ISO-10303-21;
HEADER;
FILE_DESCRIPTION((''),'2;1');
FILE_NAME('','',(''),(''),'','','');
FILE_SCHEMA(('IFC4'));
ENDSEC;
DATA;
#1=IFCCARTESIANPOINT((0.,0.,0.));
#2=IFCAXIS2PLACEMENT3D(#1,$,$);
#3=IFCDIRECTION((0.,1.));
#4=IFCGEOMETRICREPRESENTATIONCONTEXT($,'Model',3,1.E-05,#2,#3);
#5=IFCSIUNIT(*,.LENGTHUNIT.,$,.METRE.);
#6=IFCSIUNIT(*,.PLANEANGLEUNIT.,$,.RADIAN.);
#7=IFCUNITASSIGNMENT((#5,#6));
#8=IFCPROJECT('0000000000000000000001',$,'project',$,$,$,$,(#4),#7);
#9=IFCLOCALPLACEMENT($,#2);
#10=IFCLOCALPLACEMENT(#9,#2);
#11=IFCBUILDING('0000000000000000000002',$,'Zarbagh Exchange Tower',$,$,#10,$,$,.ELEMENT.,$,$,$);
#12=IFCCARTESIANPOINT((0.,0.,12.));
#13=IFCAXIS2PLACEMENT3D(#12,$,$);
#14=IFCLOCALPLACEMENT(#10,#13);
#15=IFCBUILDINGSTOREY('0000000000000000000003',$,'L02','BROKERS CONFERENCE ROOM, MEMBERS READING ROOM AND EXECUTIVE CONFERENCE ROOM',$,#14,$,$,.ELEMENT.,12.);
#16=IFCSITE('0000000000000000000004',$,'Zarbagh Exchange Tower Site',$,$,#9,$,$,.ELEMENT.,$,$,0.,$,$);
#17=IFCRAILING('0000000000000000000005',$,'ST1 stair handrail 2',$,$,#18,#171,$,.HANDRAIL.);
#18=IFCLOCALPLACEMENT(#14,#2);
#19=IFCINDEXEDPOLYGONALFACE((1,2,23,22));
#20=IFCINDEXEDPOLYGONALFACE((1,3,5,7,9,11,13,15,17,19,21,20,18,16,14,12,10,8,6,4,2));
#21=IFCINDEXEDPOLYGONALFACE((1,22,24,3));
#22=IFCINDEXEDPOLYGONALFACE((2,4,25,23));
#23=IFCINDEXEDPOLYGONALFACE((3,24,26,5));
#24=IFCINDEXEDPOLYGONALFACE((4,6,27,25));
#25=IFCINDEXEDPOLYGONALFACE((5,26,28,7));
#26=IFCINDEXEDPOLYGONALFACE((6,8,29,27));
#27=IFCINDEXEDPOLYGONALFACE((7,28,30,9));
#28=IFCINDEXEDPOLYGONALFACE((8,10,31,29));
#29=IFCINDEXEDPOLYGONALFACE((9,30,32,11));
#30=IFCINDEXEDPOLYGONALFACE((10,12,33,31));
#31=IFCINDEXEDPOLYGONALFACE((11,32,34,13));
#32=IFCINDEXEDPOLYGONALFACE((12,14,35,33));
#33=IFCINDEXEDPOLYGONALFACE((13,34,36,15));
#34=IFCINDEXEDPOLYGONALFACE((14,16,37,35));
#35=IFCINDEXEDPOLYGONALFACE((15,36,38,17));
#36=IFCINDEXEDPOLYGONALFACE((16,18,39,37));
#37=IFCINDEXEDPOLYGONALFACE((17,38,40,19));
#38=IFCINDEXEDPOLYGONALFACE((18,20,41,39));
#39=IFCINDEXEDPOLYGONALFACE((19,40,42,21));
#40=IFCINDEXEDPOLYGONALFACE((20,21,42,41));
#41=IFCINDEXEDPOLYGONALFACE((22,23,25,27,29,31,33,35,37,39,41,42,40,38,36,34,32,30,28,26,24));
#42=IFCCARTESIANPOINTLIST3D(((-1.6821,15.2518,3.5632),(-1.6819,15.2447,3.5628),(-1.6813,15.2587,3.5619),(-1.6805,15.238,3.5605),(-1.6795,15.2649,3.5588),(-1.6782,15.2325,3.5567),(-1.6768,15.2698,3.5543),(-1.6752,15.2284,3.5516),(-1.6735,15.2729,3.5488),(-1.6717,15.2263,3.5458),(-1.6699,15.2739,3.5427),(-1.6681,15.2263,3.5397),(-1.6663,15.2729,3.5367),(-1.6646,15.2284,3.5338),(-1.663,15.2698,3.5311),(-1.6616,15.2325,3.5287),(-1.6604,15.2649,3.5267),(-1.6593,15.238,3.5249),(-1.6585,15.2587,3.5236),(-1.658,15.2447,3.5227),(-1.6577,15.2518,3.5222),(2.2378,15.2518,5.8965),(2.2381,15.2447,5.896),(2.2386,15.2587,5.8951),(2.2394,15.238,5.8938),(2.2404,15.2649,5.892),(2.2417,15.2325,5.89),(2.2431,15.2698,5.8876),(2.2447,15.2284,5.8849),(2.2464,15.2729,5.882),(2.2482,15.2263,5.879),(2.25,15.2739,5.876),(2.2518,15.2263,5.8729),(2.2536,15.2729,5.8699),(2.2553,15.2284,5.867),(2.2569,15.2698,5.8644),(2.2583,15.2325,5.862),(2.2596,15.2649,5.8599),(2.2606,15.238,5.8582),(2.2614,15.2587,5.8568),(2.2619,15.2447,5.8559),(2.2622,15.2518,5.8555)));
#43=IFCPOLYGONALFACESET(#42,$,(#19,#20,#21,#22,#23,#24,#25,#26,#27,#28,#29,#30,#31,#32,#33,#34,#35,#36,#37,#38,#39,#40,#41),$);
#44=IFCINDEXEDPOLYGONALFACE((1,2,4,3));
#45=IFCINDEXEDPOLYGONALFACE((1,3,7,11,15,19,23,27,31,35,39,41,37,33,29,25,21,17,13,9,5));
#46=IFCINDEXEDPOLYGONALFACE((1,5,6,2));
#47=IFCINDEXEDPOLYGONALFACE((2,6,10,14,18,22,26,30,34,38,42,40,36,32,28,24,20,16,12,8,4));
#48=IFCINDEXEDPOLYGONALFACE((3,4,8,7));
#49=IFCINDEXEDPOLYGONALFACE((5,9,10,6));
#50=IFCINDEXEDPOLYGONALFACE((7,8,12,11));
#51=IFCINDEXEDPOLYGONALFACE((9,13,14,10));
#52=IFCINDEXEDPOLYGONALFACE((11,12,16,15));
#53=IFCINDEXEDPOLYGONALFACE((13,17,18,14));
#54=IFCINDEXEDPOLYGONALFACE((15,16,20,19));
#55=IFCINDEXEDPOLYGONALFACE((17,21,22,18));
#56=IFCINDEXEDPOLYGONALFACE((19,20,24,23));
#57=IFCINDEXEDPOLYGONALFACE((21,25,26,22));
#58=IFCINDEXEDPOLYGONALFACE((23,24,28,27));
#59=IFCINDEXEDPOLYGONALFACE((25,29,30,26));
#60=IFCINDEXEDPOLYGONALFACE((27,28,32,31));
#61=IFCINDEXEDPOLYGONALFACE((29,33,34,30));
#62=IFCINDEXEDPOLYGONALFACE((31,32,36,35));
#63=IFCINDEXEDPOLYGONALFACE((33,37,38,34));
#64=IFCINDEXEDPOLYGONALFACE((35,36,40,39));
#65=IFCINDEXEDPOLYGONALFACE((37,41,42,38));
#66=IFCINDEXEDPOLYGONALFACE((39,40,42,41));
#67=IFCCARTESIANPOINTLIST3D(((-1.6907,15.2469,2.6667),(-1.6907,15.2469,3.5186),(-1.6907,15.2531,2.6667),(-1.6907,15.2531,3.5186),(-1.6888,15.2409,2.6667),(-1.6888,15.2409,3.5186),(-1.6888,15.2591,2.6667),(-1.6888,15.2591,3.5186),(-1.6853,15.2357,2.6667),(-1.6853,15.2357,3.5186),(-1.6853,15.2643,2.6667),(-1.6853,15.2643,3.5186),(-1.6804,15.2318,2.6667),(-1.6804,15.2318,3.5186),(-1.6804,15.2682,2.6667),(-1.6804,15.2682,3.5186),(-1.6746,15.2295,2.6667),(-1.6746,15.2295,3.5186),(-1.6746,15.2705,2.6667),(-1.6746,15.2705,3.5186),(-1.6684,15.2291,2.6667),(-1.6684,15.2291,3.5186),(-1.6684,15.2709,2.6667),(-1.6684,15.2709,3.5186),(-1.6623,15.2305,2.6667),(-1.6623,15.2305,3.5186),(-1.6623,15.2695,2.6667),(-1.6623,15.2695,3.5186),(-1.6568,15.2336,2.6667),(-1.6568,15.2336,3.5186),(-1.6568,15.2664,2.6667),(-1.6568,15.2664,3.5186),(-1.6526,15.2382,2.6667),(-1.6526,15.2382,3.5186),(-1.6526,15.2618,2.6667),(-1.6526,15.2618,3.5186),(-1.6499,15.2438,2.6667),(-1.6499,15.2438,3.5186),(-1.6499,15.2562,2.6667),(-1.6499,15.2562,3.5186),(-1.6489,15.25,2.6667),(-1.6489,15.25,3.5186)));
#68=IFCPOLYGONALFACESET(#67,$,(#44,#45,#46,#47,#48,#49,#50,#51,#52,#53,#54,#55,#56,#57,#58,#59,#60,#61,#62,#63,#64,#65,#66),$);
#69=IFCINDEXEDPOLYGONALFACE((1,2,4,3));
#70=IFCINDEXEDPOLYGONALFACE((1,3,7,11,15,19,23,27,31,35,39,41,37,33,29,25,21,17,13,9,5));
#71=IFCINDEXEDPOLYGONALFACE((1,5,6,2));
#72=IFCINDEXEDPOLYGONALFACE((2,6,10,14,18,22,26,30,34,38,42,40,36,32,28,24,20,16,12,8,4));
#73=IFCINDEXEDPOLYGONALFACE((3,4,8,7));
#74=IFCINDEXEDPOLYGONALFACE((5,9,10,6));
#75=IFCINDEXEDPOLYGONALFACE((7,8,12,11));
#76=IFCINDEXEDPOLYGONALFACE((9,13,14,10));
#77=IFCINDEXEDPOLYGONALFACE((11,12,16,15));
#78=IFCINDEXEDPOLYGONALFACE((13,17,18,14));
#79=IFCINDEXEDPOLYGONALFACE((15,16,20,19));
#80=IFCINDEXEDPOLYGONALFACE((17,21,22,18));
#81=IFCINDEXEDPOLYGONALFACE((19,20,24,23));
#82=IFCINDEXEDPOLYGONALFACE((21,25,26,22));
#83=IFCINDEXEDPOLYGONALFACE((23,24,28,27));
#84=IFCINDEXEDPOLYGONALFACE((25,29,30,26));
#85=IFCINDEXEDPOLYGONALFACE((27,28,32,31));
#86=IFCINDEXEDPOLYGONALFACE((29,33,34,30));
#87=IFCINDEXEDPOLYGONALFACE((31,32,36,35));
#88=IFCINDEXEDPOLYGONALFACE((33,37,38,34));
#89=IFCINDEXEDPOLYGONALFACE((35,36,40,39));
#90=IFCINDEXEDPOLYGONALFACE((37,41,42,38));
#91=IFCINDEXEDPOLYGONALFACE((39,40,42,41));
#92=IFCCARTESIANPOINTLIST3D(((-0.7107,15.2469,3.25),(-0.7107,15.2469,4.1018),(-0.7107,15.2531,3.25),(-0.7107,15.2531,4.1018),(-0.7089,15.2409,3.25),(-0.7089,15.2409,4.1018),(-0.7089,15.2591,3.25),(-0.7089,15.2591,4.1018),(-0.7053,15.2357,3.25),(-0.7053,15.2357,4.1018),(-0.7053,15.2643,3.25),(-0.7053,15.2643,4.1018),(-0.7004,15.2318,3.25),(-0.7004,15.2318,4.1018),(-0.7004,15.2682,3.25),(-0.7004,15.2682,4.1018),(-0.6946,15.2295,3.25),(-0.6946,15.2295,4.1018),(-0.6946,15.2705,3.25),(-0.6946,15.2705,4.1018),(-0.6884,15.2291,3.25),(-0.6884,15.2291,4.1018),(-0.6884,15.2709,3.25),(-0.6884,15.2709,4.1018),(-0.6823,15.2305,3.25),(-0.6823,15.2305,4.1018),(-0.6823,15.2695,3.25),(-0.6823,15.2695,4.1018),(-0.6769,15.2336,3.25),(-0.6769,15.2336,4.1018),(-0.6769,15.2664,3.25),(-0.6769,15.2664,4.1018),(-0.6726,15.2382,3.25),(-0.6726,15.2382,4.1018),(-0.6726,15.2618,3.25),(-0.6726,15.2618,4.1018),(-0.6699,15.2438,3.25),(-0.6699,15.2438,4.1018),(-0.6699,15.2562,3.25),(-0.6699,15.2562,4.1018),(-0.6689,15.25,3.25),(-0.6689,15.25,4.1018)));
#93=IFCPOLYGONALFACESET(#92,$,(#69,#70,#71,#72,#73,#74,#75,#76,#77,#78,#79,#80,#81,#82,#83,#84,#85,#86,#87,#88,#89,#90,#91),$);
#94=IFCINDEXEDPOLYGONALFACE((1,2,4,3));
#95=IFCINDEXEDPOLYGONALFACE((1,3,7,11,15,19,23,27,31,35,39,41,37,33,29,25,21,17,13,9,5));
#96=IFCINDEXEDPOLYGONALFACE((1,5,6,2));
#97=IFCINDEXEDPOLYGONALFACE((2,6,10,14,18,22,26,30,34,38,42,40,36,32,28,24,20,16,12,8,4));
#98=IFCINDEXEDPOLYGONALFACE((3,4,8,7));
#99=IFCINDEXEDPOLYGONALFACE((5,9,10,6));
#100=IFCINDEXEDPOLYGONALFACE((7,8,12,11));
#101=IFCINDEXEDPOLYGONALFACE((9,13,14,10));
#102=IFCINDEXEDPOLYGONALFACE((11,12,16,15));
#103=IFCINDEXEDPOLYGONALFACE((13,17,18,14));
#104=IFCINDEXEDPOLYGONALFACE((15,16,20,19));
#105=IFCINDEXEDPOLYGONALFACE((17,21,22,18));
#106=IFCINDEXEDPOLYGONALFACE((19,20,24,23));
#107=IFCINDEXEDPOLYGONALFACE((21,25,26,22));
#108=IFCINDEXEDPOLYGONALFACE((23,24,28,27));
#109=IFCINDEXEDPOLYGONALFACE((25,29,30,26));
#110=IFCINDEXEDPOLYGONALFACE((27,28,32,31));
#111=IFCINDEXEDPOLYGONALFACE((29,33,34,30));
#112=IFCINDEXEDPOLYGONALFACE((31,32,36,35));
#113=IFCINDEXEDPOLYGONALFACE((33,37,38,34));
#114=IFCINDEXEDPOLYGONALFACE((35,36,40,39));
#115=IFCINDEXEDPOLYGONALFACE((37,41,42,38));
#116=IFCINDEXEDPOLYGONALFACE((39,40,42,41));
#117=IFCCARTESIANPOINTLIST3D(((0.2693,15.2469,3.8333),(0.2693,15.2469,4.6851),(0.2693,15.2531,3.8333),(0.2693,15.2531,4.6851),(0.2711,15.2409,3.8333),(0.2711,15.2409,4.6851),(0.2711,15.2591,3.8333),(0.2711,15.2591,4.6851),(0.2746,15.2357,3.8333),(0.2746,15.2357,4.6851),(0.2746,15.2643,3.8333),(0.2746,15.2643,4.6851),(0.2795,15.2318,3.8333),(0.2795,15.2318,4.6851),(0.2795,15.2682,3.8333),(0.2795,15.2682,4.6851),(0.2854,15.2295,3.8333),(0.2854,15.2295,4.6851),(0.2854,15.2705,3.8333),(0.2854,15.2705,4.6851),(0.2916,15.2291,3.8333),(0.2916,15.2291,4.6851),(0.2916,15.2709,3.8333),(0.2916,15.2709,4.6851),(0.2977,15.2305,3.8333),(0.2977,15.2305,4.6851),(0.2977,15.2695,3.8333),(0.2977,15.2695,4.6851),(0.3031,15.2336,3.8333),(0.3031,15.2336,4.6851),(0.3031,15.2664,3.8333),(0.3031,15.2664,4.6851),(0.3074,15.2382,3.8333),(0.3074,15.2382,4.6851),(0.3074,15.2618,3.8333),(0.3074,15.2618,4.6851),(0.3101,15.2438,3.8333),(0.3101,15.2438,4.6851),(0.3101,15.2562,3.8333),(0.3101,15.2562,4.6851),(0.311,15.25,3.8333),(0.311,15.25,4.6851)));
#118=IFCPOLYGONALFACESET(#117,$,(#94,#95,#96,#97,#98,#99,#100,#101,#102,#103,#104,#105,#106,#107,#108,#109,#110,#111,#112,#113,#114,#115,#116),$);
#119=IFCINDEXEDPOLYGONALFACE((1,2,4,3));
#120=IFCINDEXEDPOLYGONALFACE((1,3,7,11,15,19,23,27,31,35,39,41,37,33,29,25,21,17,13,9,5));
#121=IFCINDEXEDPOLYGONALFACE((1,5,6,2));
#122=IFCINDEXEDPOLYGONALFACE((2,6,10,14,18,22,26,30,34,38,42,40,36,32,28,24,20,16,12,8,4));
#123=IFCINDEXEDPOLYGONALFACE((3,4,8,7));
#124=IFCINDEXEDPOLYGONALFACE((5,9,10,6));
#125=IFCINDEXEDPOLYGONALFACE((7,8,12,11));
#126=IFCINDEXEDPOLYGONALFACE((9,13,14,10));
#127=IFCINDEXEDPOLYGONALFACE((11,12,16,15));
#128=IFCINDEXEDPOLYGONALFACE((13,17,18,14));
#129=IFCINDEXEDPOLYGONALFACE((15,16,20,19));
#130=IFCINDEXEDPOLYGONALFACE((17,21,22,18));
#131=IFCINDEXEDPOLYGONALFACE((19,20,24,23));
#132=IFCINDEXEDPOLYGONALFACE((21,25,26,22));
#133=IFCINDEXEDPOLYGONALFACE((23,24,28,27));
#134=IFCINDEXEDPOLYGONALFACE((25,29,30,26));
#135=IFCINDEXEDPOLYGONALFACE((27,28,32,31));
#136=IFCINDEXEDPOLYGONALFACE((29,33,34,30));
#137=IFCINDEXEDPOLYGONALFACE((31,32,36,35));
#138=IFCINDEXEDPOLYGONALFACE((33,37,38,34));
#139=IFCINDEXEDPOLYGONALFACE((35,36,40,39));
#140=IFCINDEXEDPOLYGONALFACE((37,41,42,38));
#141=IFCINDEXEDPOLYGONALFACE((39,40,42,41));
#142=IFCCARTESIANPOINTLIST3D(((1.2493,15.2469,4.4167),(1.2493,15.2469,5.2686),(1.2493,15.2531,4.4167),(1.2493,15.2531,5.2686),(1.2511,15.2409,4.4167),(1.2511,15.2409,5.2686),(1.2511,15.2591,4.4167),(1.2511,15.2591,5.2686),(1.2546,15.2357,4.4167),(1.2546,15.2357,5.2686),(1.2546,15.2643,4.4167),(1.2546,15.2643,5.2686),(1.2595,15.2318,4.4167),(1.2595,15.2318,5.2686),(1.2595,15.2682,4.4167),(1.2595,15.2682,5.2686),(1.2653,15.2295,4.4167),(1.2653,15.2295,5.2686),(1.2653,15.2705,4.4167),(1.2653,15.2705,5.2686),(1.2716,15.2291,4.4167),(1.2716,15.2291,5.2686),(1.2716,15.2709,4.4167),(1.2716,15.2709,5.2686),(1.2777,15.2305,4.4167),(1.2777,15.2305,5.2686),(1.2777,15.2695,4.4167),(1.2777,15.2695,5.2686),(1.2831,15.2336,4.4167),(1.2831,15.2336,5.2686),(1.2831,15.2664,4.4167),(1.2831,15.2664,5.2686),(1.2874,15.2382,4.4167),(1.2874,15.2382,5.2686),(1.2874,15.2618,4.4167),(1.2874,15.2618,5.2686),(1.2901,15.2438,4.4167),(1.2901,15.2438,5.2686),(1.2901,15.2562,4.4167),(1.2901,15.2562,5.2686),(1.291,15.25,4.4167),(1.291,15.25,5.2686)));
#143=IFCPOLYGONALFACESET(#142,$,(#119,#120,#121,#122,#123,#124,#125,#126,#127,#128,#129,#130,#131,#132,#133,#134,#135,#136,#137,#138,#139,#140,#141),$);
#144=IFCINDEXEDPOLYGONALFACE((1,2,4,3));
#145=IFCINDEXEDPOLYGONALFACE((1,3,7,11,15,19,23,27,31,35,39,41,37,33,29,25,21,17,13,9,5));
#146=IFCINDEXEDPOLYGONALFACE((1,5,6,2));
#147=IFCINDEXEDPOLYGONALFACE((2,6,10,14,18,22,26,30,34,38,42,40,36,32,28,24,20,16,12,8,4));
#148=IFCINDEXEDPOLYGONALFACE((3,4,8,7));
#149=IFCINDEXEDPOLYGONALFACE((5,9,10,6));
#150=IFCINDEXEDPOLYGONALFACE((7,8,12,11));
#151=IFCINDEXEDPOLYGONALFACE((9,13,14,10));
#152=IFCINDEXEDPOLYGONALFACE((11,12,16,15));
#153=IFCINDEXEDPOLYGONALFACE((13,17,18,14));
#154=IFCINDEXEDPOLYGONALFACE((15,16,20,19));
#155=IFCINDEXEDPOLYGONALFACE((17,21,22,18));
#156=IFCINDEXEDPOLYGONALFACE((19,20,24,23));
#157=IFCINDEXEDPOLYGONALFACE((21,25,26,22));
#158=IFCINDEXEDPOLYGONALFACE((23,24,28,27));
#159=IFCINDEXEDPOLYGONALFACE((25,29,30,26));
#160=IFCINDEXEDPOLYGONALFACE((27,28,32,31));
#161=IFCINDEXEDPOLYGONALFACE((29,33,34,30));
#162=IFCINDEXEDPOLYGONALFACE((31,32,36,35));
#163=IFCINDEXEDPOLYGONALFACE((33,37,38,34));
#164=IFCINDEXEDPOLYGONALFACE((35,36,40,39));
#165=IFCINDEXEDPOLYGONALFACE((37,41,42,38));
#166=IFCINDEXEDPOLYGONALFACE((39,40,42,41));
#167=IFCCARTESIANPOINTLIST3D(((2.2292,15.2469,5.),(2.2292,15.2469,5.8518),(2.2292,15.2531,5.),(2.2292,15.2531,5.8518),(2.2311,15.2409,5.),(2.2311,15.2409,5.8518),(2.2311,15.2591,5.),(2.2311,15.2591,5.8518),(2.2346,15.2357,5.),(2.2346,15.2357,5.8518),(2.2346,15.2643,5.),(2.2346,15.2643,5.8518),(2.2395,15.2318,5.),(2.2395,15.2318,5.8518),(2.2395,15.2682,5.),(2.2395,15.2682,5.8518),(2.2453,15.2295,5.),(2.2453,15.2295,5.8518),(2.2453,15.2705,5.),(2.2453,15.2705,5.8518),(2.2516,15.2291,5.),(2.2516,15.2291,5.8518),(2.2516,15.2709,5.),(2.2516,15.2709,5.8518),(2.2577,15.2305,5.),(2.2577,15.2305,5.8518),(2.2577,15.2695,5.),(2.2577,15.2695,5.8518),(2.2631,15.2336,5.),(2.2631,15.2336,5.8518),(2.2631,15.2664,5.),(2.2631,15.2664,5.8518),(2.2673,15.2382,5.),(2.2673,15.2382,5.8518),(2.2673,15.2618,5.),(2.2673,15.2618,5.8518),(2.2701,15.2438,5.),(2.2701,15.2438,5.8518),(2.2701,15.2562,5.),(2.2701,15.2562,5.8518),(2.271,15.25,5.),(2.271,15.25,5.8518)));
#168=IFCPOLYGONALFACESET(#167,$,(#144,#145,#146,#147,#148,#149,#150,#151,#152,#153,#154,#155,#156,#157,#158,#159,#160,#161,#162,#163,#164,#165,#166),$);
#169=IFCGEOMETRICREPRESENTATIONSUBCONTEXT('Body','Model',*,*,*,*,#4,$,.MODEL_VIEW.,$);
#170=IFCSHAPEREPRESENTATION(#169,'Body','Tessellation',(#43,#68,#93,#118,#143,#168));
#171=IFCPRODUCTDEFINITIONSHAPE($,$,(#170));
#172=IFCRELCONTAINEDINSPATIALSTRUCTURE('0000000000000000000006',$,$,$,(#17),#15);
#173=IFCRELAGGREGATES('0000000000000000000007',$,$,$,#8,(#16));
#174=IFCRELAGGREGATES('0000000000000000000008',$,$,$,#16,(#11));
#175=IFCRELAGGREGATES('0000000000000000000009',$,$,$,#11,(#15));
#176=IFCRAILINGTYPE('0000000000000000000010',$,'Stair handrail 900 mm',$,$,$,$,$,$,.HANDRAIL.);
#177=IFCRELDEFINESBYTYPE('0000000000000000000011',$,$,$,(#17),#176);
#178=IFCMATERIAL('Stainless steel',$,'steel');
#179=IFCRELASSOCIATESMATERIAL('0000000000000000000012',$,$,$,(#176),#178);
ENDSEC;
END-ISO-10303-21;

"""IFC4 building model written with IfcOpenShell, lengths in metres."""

from ifc_helpers import new_model, si_unit, direction, frame, origin, origin_2d, place, context, subcontext, project, spatial, circle, extrude, material, type_object, element, save


model = new_model("IFC4")

# Units and contexts
model_context = context("Model", 3, precision=1e-05, world=origin(), true_north=direction((0.0, 1.0)))
body_context = subcontext(model_context, "Body", "Model", "MODEL_VIEW")
ifc_project = project(units=[si_unit("LENGTHUNIT", "METRE"), si_unit("PLANEANGLEUNIT", "RADIAN")], contexts=[model_context])

# Site, building, storey
site_placement = place(None, origin())
site = spatial("IfcSite", under=ifc_project, at=site_placement, Name="Zarbagh Exchange Tower Site", CompositionType="ELEMENT", RefElevation=0.0)
building_placement = place(site_placement, origin())
building = spatial("IfcBuilding", under=site, at=building_placement, Name="Zarbagh Exchange Tower", CompositionType="ELEMENT")
storey_placement = place(building_placement, frame((0.0, 0.0, 12.0)))
storey = spatial("IfcBuildingStorey", under=building, at=storey_placement, Name="L02", Description="BROKERS CONFERENCE ROOM, MEMBERS READING ROOM AND EXECUTIVE CONFERENCE ROOM", CompositionType="ELEMENT", Elevation=12.0)

# Shared definitions
ifc_material_1 = material(Name="Stainless steel", Category="steel")

# Railing
railing_type_1 = type_object("IfcRailingType", Name="Stair handrail 900 mm", PredefinedType="HANDRAIL", material=ifc_material_1)
for number, where, name in (
    (1, (-1.6699, 15.25, 2.6667), "ST1 stair handrail 2"),
):
    element("IfcRailing", number, at=place(storey_placement, frame(where)), inside=storey, type_object=railing_type_1, Name=name, PredefinedType="HANDRAIL", context=body_context, shape_type="SweptSolid", body=[
        extrude(circle(Radius=0.0239, at=origin_2d()), frame((0.0, 0.0, 0.876), z_axis=(0.859296, 0.0, 0.511478), x_axis=(0.0, 1.0, 0.0)), (0.0, 0.0, 1.0), 4.5618),
        extrude(circle(Radius=0.021, at=origin_2d()), origin(), (0.0, 0.0, 1.0), 0.8518),
        extrude(circle(Radius=0.021, at=origin_2d()), frame((0.98, 0.0, 0.5833)), (0.0, 0.0, 1.0), 0.8518),
        extrude(circle(Radius=0.021, at=origin_2d()), frame((1.96, 0.0, 1.1665)), (0.0, 0.0, 1.0), 0.8518),
        extrude(circle(Radius=0.021, at=origin_2d()), frame((2.9399, 0.0, 1.75)), (0.0, 0.0, 1.0), 0.8518),
        extrude(circle(Radius=0.021, at=origin_2d()), frame((3.9199, 0.0, 2.3333)), (0.0, 0.0, 1.0), 0.8518),
    ])

save(model, "model.ifc")
